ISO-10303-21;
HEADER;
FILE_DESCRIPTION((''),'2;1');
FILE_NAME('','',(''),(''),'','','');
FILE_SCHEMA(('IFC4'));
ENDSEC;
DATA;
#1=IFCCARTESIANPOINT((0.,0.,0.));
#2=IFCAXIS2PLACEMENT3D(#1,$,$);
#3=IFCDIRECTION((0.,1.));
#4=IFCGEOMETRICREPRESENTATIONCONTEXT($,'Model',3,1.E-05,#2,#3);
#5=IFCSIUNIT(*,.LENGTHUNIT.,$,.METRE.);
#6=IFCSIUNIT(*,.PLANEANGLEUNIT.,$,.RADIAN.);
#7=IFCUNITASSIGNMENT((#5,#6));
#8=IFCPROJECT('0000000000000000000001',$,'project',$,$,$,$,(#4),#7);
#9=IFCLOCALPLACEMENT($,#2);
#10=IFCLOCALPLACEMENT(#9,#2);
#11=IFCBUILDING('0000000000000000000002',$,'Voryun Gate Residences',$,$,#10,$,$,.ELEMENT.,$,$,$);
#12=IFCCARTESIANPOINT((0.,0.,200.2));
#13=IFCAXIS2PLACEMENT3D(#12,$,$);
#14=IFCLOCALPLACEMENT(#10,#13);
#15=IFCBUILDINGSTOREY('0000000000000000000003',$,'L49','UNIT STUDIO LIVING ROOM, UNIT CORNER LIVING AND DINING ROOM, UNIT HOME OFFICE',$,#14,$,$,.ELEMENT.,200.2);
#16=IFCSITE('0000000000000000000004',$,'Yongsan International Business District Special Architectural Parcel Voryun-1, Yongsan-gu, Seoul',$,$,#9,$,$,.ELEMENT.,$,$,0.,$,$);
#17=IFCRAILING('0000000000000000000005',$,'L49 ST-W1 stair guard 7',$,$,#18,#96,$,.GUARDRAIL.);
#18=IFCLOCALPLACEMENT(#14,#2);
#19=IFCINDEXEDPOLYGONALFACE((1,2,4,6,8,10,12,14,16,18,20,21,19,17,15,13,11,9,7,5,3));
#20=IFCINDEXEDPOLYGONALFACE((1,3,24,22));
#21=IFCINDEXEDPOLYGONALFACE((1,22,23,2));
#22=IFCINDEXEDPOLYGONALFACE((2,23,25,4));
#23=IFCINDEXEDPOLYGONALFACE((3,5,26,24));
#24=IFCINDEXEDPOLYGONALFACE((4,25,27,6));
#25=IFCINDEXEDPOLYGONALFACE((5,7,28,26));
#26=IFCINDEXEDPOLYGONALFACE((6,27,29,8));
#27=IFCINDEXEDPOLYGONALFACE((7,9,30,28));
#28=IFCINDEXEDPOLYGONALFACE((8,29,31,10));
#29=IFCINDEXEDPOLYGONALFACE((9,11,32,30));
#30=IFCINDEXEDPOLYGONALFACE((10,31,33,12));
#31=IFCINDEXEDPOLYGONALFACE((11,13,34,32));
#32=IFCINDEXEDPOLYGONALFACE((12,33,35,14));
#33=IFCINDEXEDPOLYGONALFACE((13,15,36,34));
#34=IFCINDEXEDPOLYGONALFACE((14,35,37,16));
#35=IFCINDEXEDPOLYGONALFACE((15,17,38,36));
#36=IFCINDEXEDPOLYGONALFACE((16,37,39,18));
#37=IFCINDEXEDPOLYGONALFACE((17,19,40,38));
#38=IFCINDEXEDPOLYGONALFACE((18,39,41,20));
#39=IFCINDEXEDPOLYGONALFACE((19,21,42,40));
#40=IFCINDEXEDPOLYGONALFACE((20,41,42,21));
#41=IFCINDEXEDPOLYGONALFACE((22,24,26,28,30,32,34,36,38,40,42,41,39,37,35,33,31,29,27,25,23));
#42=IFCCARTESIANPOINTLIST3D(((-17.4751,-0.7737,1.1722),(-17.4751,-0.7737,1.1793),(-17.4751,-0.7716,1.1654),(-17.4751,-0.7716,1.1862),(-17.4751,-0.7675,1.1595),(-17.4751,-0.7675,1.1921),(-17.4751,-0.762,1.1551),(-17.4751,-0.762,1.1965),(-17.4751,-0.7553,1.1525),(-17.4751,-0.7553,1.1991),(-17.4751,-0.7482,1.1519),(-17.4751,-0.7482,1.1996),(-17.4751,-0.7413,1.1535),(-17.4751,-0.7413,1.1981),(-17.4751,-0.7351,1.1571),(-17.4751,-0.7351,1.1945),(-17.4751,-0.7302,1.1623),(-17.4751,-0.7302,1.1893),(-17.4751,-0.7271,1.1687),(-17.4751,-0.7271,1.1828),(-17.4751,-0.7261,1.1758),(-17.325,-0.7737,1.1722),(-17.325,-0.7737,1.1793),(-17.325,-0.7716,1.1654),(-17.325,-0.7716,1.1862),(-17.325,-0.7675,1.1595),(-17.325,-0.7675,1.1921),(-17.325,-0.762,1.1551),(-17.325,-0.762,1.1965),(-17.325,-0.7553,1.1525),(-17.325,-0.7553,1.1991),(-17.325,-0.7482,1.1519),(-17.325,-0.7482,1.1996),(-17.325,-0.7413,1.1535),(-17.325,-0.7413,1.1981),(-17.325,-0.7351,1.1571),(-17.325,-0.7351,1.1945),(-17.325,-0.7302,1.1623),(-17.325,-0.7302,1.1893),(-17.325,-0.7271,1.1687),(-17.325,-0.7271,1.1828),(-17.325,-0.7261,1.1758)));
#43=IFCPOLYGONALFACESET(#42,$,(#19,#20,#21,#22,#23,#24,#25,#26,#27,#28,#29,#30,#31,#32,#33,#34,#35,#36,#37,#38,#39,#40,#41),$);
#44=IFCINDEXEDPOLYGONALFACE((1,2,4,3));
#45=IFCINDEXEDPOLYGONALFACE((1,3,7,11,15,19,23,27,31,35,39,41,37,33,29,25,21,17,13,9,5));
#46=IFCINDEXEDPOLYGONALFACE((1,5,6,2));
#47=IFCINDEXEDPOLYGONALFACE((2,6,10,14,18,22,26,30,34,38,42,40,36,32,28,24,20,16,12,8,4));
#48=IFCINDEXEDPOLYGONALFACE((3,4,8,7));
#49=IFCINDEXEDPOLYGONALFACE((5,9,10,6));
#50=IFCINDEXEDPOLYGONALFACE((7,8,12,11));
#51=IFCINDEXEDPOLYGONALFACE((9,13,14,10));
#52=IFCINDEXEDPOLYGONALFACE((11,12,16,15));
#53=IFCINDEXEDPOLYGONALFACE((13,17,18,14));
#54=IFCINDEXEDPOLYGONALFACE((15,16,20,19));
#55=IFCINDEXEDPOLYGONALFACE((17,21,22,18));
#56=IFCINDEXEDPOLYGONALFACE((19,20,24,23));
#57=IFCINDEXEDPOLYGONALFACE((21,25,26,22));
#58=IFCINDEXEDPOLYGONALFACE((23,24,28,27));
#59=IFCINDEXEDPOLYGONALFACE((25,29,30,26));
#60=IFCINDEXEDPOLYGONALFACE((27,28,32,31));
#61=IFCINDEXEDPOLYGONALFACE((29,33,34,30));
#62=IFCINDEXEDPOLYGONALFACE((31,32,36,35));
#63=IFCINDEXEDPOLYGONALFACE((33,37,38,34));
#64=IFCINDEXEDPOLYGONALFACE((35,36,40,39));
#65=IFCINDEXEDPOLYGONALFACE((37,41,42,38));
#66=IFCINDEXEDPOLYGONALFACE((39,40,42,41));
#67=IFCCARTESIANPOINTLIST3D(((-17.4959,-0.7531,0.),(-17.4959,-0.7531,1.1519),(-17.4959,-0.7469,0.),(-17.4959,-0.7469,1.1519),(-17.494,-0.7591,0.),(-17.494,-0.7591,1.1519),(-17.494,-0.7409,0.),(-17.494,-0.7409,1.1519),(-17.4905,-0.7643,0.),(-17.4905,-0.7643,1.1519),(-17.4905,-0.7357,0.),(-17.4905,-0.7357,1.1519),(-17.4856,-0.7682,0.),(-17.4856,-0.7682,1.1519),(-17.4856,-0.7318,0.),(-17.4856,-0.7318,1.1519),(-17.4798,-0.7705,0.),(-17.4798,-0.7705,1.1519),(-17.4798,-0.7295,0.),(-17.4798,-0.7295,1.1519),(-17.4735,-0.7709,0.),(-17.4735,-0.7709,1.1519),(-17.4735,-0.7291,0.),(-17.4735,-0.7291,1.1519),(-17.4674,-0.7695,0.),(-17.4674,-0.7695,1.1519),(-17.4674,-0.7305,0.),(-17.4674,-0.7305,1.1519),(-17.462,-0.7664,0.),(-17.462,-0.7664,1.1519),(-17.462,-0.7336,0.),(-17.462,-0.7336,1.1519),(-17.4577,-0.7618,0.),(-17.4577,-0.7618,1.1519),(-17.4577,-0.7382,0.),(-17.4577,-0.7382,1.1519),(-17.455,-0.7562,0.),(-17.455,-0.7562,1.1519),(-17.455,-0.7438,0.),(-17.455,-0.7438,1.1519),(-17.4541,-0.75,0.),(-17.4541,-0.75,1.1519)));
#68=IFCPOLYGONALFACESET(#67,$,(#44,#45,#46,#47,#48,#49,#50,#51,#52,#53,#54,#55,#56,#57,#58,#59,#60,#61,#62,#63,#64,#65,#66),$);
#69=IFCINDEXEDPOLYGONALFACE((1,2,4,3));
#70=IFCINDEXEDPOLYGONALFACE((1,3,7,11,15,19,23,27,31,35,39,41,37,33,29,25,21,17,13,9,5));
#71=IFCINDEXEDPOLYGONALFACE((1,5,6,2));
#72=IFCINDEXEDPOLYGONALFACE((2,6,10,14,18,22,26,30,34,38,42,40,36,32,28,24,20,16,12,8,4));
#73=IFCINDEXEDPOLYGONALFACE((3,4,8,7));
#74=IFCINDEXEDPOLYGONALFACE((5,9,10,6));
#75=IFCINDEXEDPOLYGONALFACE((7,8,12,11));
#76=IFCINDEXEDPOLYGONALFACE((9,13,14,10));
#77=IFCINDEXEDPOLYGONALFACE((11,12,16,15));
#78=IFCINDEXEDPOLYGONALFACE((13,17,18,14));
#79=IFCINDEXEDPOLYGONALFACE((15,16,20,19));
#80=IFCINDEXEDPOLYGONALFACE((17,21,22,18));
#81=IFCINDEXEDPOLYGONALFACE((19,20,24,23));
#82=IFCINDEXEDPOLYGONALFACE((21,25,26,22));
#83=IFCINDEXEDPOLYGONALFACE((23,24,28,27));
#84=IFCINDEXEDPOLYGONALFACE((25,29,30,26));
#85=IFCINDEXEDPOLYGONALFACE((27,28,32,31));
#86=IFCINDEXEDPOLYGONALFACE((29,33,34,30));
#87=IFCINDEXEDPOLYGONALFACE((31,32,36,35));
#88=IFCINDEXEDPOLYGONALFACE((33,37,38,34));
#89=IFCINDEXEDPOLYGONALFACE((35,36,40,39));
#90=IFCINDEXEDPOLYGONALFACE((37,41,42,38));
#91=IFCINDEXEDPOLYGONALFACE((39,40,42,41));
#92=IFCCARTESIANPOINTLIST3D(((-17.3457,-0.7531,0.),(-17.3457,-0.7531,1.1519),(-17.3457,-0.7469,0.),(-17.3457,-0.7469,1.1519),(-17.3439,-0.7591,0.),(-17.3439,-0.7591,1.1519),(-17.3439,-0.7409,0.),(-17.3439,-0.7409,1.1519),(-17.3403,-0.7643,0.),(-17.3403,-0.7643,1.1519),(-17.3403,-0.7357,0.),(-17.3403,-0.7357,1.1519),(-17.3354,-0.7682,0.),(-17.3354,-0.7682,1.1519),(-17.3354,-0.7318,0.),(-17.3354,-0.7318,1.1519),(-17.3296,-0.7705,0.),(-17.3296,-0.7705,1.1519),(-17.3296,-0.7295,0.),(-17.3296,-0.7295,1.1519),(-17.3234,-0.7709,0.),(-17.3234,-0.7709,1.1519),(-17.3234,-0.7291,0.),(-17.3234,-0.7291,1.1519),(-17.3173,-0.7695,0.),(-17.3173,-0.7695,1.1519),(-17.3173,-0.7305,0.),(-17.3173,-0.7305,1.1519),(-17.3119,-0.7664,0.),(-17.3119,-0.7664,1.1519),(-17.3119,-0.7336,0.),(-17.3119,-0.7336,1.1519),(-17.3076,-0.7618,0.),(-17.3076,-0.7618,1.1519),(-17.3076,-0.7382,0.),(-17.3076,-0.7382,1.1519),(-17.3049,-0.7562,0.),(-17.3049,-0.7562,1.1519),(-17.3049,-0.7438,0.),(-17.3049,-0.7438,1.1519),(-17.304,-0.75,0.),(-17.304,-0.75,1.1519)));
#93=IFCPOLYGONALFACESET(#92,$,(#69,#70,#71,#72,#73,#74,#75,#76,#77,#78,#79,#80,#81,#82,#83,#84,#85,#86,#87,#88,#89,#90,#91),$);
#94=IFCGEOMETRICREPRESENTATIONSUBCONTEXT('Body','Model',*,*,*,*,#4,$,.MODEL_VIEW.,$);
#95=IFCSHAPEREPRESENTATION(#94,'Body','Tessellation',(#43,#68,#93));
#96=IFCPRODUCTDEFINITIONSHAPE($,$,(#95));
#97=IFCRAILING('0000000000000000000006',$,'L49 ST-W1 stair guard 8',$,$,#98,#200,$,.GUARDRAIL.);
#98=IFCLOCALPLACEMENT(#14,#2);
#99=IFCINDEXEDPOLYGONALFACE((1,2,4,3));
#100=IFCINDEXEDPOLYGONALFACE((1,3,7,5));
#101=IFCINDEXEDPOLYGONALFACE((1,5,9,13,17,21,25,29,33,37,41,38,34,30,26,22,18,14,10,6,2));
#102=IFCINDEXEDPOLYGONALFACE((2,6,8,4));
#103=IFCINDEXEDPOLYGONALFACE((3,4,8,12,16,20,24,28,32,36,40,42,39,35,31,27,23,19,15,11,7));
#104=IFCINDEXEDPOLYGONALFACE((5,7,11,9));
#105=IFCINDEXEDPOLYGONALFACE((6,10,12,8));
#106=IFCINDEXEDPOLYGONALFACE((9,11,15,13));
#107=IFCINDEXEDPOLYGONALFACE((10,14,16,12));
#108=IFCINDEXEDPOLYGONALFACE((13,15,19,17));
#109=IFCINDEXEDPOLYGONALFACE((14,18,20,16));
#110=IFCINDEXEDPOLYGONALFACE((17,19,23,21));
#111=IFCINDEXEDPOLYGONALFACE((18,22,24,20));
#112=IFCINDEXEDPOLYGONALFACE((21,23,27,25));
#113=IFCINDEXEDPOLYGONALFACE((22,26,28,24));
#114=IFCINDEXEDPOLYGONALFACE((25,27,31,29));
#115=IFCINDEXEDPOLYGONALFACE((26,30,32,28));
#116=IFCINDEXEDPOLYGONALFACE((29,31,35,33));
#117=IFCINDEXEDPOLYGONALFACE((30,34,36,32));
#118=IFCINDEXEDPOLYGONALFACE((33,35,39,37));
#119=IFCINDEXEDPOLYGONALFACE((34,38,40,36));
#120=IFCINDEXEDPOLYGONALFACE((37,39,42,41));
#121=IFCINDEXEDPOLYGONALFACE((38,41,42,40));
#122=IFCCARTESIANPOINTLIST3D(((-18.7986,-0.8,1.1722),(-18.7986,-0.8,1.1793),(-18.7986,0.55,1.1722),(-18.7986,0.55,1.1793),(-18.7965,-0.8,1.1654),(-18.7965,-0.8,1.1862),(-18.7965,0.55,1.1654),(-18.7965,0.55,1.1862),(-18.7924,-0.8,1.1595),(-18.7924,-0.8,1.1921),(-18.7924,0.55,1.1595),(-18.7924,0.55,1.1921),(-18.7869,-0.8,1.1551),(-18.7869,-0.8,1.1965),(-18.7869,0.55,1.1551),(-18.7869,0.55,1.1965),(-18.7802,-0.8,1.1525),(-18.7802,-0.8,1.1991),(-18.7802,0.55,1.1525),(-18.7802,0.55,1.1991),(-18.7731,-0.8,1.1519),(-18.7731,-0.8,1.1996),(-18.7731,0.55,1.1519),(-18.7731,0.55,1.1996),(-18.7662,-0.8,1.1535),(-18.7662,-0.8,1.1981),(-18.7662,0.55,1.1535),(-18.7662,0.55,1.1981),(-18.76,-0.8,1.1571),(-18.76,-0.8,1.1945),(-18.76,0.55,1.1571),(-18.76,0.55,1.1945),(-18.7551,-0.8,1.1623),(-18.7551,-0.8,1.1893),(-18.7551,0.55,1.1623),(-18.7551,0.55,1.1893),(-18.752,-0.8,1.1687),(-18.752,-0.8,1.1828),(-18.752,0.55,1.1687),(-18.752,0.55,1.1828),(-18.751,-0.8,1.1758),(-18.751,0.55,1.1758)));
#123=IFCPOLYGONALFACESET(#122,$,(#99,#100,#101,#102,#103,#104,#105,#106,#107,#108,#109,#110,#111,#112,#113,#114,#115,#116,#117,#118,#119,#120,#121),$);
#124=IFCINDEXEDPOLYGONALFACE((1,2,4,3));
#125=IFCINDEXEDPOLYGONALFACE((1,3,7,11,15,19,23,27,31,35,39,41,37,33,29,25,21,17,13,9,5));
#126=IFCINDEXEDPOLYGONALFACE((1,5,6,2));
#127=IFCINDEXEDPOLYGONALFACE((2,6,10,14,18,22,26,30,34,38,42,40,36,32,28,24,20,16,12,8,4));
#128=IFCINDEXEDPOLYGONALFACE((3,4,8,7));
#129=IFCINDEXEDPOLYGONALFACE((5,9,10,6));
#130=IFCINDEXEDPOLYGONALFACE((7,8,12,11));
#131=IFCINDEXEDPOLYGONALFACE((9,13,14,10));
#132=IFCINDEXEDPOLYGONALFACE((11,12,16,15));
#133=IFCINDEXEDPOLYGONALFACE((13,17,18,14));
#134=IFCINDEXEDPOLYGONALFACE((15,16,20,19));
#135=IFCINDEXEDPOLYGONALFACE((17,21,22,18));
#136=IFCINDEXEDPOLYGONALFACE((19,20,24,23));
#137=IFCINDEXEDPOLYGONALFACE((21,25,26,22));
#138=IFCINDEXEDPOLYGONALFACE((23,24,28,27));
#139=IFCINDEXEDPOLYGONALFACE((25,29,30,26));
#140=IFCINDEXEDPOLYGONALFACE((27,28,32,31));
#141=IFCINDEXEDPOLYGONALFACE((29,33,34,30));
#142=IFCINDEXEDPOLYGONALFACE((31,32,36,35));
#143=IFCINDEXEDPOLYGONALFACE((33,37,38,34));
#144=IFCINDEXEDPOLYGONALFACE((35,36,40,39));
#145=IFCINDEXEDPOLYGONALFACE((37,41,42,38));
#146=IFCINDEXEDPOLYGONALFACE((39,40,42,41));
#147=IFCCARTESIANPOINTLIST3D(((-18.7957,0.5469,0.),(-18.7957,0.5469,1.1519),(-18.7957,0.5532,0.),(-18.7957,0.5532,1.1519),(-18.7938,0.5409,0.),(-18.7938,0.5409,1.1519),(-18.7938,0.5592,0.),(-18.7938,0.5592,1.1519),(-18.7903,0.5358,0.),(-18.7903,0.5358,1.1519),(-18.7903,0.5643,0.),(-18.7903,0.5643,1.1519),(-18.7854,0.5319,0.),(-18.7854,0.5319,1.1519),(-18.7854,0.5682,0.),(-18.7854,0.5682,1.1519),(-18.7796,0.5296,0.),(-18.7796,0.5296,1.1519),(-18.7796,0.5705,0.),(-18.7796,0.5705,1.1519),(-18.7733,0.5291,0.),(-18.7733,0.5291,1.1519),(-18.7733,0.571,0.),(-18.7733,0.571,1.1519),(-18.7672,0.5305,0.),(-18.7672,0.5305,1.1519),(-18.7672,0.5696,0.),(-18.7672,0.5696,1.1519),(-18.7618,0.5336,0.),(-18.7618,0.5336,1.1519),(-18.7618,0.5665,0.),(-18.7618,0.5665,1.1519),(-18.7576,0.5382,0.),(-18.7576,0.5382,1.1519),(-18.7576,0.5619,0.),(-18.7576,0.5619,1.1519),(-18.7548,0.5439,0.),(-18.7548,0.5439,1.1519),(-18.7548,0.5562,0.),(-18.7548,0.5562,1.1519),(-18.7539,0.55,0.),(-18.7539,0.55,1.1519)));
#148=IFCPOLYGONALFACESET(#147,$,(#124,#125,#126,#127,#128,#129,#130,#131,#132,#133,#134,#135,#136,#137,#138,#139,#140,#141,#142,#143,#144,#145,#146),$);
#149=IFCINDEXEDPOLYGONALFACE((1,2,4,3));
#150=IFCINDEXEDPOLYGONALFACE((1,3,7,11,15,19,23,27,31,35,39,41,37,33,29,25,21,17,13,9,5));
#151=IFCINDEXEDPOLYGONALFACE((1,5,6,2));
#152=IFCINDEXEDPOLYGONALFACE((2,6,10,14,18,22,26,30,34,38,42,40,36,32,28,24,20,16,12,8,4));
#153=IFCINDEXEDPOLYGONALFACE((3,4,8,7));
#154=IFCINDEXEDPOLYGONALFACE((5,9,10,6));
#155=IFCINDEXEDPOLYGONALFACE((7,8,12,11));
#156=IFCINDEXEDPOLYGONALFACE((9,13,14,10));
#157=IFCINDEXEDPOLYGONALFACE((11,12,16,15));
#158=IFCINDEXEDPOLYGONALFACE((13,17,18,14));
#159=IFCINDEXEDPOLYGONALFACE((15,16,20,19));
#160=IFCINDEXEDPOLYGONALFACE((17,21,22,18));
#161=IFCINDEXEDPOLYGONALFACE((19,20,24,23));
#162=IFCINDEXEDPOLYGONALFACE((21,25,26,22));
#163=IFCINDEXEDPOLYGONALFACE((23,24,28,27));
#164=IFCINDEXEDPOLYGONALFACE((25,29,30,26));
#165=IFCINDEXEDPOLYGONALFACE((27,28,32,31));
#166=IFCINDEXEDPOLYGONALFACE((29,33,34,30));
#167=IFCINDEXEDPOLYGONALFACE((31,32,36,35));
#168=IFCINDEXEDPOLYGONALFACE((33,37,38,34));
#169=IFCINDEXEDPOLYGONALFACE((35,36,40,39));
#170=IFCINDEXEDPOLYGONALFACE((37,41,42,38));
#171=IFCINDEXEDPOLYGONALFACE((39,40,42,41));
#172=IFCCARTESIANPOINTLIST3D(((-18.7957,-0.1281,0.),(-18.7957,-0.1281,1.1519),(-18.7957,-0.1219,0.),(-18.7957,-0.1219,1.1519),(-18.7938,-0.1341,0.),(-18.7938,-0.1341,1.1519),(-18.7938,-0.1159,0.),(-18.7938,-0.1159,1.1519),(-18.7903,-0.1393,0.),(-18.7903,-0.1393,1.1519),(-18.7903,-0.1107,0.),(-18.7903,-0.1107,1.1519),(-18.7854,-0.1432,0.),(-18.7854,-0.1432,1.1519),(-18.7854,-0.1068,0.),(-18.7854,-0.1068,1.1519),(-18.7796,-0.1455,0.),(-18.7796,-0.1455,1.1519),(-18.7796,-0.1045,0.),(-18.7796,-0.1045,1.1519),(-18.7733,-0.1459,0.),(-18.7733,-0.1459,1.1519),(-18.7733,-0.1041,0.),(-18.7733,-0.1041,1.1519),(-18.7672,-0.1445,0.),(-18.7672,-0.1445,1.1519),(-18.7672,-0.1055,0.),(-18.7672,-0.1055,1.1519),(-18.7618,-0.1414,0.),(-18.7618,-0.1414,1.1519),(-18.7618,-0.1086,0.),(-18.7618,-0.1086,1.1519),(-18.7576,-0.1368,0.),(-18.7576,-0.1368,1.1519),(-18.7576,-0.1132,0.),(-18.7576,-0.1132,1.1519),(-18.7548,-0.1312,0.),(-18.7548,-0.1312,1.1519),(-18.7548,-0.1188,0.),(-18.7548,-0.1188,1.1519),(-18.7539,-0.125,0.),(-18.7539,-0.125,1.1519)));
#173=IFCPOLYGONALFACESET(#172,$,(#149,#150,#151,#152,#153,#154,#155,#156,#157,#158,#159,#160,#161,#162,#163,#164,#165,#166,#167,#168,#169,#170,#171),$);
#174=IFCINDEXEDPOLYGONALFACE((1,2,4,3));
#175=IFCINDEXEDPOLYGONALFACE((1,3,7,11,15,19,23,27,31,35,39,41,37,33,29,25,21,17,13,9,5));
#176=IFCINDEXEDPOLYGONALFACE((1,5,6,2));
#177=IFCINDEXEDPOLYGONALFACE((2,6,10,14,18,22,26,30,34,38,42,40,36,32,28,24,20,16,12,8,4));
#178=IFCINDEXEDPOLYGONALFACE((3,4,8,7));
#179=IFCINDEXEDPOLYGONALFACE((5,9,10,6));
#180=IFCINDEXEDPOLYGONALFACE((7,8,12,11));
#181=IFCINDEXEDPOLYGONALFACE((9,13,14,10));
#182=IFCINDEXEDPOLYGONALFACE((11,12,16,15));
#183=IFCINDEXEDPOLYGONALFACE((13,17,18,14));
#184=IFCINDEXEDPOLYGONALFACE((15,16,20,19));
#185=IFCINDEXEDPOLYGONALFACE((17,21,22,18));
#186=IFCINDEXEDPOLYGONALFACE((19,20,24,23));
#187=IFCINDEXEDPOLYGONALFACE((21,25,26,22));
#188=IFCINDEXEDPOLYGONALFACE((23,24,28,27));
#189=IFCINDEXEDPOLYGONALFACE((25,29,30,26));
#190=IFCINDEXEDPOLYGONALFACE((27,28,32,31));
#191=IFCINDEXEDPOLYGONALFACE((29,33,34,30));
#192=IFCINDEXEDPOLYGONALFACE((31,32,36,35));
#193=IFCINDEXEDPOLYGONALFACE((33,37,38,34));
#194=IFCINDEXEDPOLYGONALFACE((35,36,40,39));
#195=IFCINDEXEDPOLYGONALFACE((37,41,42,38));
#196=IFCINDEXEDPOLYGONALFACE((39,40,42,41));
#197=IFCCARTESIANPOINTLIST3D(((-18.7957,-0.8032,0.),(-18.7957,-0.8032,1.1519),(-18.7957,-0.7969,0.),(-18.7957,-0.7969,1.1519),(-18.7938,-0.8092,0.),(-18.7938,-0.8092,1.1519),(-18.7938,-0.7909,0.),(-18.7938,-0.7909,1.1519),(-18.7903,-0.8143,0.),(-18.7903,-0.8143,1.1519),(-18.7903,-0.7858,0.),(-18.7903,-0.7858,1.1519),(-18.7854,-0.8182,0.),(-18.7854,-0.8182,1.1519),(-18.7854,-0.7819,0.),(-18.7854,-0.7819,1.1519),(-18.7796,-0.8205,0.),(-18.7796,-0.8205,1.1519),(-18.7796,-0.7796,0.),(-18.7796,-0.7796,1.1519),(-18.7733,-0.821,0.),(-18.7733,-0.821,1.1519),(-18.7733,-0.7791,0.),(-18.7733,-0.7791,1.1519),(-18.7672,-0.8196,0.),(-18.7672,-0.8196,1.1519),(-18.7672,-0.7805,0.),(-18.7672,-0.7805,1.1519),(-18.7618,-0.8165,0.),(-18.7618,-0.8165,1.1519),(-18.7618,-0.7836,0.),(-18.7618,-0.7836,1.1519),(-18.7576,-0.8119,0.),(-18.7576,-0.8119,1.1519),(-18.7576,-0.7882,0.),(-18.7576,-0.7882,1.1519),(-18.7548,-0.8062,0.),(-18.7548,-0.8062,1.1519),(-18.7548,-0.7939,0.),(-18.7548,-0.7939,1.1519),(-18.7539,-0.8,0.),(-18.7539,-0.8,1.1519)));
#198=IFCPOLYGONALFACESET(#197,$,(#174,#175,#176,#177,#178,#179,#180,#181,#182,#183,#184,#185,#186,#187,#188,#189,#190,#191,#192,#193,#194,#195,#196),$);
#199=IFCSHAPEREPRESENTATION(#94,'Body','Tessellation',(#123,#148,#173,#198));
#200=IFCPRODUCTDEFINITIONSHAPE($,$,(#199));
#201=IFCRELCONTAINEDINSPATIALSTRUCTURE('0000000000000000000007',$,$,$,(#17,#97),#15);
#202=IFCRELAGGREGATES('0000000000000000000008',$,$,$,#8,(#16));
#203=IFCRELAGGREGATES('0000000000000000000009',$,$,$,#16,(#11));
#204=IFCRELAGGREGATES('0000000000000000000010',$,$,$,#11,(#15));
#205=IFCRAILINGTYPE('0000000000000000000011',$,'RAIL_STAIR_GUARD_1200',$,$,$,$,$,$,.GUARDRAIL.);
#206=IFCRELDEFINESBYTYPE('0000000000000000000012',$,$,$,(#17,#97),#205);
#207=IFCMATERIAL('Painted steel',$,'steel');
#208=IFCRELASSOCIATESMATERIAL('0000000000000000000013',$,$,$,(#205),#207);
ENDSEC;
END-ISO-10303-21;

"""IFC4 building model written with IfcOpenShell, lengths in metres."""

from ifc_helpers import new_model, si_unit, direction, frame, origin, origin_2d, place, context, subcontext, project, spatial, circle, extrude, material, type_object, element, save


model = new_model("IFC4")

# Units and contexts
model_context = context("Model", 3, precision=1e-05, world=origin(), true_north=direction((0.0, 1.0)))
body_context = subcontext(model_context, "Body", "Model", "MODEL_VIEW")
ifc_project = project(units=[si_unit("LENGTHUNIT", "METRE"), si_unit("PLANEANGLEUNIT", "RADIAN")], contexts=[model_context])

# Site, building, storey
site_placement = place(None, origin())
site = spatial("IfcSite", under=ifc_project, at=site_placement, Name="Yongsan International Business District Special Architectural Parcel Voryun-1, Yongsan-gu, Seoul", CompositionType="ELEMENT", RefElevation=0.0)
building_placement = place(site_placement, origin())
building = spatial("IfcBuilding", under=site, at=building_placement, Name="Voryun Gate Residences", CompositionType="ELEMENT")
storey_placement = place(building_placement, frame((0.0, 0.0, 200.2)))
storey = spatial("IfcBuildingStorey", under=building, at=storey_placement, Name="L49", Description="UNIT STUDIO LIVING ROOM, UNIT CORNER LIVING AND DINING ROOM, UNIT HOME OFFICE", CompositionType="ELEMENT", Elevation=200.2)

# Railings
ifc_material_1 = material(Name="Painted steel", Category="steel")
railing_type_1 = type_object("IfcRailingType", Name="RAIL_STAIR_GUARD_1200", PredefinedType="GUARDRAIL", material=ifc_material_1)
railing_1_placement = place(storey_placement, frame((-17.4751, -0.75, 0.0)))
element("IfcRailing", 1, at=railing_1_placement, inside=storey, type_object=railing_type_1, Name="L49 ST-W1 stair guard 7", PredefinedType="GUARDRAIL", context=body_context, shape_type="SweptSolid", body=[
    extrude(circle(Radius=0.0239, at=origin_2d()), frame((0.0, 0.0, 1.1758), z_axis=(1.0, 0.0, 0.0), x_axis=(0.0, 1.0, 0.0)), (0.0, 0.0, 1.0), 0.1501),
    extrude(circle(Radius=0.021, at=origin_2d()), origin(), (0.0, 0.0, 1.0), 1.1519),
    extrude(circle(Radius=0.021, at=origin_2d()), frame((0.1501, 0.0, 0.0)), (0.0, 0.0, 1.0), 1.1519),
])
for number, where, name in (
    (2, (-18.7749, 0.55, 0.0), "L49 ST-W1 stair guard 8"),
):
    element("IfcRailing", number, at=place(storey_placement, frame(where)), inside=storey, type_object=railing_type_1, Name=name, PredefinedType="GUARDRAIL", context=body_context, shape_type="SweptSolid", body=[
        extrude(circle(Radius=0.0239, at=origin_2d()), frame((0.0, 0.0, 1.1758), z_axis=(0.0, -1.0, 0.0), x_axis=(1.0, 0.0, 0.0)), (0.0, 0.0, 1.0), 1.3501),
        extrude(circle(Radius=0.021, at=origin_2d()), origin(), (0.0, 0.0, 1.0), 1.1519),
        extrude(circle(Radius=0.021, at=origin_2d()), frame((0.0, -0.675, 0.0)), (0.0, 0.0, 1.0), 1.1519),
        extrude(circle(Radius=0.021, at=origin_2d()), frame((0.0, -1.3501, 0.0)), (0.0, 0.0, 1.0), 1.1519),
    ])

save(model, "model.ifc")
